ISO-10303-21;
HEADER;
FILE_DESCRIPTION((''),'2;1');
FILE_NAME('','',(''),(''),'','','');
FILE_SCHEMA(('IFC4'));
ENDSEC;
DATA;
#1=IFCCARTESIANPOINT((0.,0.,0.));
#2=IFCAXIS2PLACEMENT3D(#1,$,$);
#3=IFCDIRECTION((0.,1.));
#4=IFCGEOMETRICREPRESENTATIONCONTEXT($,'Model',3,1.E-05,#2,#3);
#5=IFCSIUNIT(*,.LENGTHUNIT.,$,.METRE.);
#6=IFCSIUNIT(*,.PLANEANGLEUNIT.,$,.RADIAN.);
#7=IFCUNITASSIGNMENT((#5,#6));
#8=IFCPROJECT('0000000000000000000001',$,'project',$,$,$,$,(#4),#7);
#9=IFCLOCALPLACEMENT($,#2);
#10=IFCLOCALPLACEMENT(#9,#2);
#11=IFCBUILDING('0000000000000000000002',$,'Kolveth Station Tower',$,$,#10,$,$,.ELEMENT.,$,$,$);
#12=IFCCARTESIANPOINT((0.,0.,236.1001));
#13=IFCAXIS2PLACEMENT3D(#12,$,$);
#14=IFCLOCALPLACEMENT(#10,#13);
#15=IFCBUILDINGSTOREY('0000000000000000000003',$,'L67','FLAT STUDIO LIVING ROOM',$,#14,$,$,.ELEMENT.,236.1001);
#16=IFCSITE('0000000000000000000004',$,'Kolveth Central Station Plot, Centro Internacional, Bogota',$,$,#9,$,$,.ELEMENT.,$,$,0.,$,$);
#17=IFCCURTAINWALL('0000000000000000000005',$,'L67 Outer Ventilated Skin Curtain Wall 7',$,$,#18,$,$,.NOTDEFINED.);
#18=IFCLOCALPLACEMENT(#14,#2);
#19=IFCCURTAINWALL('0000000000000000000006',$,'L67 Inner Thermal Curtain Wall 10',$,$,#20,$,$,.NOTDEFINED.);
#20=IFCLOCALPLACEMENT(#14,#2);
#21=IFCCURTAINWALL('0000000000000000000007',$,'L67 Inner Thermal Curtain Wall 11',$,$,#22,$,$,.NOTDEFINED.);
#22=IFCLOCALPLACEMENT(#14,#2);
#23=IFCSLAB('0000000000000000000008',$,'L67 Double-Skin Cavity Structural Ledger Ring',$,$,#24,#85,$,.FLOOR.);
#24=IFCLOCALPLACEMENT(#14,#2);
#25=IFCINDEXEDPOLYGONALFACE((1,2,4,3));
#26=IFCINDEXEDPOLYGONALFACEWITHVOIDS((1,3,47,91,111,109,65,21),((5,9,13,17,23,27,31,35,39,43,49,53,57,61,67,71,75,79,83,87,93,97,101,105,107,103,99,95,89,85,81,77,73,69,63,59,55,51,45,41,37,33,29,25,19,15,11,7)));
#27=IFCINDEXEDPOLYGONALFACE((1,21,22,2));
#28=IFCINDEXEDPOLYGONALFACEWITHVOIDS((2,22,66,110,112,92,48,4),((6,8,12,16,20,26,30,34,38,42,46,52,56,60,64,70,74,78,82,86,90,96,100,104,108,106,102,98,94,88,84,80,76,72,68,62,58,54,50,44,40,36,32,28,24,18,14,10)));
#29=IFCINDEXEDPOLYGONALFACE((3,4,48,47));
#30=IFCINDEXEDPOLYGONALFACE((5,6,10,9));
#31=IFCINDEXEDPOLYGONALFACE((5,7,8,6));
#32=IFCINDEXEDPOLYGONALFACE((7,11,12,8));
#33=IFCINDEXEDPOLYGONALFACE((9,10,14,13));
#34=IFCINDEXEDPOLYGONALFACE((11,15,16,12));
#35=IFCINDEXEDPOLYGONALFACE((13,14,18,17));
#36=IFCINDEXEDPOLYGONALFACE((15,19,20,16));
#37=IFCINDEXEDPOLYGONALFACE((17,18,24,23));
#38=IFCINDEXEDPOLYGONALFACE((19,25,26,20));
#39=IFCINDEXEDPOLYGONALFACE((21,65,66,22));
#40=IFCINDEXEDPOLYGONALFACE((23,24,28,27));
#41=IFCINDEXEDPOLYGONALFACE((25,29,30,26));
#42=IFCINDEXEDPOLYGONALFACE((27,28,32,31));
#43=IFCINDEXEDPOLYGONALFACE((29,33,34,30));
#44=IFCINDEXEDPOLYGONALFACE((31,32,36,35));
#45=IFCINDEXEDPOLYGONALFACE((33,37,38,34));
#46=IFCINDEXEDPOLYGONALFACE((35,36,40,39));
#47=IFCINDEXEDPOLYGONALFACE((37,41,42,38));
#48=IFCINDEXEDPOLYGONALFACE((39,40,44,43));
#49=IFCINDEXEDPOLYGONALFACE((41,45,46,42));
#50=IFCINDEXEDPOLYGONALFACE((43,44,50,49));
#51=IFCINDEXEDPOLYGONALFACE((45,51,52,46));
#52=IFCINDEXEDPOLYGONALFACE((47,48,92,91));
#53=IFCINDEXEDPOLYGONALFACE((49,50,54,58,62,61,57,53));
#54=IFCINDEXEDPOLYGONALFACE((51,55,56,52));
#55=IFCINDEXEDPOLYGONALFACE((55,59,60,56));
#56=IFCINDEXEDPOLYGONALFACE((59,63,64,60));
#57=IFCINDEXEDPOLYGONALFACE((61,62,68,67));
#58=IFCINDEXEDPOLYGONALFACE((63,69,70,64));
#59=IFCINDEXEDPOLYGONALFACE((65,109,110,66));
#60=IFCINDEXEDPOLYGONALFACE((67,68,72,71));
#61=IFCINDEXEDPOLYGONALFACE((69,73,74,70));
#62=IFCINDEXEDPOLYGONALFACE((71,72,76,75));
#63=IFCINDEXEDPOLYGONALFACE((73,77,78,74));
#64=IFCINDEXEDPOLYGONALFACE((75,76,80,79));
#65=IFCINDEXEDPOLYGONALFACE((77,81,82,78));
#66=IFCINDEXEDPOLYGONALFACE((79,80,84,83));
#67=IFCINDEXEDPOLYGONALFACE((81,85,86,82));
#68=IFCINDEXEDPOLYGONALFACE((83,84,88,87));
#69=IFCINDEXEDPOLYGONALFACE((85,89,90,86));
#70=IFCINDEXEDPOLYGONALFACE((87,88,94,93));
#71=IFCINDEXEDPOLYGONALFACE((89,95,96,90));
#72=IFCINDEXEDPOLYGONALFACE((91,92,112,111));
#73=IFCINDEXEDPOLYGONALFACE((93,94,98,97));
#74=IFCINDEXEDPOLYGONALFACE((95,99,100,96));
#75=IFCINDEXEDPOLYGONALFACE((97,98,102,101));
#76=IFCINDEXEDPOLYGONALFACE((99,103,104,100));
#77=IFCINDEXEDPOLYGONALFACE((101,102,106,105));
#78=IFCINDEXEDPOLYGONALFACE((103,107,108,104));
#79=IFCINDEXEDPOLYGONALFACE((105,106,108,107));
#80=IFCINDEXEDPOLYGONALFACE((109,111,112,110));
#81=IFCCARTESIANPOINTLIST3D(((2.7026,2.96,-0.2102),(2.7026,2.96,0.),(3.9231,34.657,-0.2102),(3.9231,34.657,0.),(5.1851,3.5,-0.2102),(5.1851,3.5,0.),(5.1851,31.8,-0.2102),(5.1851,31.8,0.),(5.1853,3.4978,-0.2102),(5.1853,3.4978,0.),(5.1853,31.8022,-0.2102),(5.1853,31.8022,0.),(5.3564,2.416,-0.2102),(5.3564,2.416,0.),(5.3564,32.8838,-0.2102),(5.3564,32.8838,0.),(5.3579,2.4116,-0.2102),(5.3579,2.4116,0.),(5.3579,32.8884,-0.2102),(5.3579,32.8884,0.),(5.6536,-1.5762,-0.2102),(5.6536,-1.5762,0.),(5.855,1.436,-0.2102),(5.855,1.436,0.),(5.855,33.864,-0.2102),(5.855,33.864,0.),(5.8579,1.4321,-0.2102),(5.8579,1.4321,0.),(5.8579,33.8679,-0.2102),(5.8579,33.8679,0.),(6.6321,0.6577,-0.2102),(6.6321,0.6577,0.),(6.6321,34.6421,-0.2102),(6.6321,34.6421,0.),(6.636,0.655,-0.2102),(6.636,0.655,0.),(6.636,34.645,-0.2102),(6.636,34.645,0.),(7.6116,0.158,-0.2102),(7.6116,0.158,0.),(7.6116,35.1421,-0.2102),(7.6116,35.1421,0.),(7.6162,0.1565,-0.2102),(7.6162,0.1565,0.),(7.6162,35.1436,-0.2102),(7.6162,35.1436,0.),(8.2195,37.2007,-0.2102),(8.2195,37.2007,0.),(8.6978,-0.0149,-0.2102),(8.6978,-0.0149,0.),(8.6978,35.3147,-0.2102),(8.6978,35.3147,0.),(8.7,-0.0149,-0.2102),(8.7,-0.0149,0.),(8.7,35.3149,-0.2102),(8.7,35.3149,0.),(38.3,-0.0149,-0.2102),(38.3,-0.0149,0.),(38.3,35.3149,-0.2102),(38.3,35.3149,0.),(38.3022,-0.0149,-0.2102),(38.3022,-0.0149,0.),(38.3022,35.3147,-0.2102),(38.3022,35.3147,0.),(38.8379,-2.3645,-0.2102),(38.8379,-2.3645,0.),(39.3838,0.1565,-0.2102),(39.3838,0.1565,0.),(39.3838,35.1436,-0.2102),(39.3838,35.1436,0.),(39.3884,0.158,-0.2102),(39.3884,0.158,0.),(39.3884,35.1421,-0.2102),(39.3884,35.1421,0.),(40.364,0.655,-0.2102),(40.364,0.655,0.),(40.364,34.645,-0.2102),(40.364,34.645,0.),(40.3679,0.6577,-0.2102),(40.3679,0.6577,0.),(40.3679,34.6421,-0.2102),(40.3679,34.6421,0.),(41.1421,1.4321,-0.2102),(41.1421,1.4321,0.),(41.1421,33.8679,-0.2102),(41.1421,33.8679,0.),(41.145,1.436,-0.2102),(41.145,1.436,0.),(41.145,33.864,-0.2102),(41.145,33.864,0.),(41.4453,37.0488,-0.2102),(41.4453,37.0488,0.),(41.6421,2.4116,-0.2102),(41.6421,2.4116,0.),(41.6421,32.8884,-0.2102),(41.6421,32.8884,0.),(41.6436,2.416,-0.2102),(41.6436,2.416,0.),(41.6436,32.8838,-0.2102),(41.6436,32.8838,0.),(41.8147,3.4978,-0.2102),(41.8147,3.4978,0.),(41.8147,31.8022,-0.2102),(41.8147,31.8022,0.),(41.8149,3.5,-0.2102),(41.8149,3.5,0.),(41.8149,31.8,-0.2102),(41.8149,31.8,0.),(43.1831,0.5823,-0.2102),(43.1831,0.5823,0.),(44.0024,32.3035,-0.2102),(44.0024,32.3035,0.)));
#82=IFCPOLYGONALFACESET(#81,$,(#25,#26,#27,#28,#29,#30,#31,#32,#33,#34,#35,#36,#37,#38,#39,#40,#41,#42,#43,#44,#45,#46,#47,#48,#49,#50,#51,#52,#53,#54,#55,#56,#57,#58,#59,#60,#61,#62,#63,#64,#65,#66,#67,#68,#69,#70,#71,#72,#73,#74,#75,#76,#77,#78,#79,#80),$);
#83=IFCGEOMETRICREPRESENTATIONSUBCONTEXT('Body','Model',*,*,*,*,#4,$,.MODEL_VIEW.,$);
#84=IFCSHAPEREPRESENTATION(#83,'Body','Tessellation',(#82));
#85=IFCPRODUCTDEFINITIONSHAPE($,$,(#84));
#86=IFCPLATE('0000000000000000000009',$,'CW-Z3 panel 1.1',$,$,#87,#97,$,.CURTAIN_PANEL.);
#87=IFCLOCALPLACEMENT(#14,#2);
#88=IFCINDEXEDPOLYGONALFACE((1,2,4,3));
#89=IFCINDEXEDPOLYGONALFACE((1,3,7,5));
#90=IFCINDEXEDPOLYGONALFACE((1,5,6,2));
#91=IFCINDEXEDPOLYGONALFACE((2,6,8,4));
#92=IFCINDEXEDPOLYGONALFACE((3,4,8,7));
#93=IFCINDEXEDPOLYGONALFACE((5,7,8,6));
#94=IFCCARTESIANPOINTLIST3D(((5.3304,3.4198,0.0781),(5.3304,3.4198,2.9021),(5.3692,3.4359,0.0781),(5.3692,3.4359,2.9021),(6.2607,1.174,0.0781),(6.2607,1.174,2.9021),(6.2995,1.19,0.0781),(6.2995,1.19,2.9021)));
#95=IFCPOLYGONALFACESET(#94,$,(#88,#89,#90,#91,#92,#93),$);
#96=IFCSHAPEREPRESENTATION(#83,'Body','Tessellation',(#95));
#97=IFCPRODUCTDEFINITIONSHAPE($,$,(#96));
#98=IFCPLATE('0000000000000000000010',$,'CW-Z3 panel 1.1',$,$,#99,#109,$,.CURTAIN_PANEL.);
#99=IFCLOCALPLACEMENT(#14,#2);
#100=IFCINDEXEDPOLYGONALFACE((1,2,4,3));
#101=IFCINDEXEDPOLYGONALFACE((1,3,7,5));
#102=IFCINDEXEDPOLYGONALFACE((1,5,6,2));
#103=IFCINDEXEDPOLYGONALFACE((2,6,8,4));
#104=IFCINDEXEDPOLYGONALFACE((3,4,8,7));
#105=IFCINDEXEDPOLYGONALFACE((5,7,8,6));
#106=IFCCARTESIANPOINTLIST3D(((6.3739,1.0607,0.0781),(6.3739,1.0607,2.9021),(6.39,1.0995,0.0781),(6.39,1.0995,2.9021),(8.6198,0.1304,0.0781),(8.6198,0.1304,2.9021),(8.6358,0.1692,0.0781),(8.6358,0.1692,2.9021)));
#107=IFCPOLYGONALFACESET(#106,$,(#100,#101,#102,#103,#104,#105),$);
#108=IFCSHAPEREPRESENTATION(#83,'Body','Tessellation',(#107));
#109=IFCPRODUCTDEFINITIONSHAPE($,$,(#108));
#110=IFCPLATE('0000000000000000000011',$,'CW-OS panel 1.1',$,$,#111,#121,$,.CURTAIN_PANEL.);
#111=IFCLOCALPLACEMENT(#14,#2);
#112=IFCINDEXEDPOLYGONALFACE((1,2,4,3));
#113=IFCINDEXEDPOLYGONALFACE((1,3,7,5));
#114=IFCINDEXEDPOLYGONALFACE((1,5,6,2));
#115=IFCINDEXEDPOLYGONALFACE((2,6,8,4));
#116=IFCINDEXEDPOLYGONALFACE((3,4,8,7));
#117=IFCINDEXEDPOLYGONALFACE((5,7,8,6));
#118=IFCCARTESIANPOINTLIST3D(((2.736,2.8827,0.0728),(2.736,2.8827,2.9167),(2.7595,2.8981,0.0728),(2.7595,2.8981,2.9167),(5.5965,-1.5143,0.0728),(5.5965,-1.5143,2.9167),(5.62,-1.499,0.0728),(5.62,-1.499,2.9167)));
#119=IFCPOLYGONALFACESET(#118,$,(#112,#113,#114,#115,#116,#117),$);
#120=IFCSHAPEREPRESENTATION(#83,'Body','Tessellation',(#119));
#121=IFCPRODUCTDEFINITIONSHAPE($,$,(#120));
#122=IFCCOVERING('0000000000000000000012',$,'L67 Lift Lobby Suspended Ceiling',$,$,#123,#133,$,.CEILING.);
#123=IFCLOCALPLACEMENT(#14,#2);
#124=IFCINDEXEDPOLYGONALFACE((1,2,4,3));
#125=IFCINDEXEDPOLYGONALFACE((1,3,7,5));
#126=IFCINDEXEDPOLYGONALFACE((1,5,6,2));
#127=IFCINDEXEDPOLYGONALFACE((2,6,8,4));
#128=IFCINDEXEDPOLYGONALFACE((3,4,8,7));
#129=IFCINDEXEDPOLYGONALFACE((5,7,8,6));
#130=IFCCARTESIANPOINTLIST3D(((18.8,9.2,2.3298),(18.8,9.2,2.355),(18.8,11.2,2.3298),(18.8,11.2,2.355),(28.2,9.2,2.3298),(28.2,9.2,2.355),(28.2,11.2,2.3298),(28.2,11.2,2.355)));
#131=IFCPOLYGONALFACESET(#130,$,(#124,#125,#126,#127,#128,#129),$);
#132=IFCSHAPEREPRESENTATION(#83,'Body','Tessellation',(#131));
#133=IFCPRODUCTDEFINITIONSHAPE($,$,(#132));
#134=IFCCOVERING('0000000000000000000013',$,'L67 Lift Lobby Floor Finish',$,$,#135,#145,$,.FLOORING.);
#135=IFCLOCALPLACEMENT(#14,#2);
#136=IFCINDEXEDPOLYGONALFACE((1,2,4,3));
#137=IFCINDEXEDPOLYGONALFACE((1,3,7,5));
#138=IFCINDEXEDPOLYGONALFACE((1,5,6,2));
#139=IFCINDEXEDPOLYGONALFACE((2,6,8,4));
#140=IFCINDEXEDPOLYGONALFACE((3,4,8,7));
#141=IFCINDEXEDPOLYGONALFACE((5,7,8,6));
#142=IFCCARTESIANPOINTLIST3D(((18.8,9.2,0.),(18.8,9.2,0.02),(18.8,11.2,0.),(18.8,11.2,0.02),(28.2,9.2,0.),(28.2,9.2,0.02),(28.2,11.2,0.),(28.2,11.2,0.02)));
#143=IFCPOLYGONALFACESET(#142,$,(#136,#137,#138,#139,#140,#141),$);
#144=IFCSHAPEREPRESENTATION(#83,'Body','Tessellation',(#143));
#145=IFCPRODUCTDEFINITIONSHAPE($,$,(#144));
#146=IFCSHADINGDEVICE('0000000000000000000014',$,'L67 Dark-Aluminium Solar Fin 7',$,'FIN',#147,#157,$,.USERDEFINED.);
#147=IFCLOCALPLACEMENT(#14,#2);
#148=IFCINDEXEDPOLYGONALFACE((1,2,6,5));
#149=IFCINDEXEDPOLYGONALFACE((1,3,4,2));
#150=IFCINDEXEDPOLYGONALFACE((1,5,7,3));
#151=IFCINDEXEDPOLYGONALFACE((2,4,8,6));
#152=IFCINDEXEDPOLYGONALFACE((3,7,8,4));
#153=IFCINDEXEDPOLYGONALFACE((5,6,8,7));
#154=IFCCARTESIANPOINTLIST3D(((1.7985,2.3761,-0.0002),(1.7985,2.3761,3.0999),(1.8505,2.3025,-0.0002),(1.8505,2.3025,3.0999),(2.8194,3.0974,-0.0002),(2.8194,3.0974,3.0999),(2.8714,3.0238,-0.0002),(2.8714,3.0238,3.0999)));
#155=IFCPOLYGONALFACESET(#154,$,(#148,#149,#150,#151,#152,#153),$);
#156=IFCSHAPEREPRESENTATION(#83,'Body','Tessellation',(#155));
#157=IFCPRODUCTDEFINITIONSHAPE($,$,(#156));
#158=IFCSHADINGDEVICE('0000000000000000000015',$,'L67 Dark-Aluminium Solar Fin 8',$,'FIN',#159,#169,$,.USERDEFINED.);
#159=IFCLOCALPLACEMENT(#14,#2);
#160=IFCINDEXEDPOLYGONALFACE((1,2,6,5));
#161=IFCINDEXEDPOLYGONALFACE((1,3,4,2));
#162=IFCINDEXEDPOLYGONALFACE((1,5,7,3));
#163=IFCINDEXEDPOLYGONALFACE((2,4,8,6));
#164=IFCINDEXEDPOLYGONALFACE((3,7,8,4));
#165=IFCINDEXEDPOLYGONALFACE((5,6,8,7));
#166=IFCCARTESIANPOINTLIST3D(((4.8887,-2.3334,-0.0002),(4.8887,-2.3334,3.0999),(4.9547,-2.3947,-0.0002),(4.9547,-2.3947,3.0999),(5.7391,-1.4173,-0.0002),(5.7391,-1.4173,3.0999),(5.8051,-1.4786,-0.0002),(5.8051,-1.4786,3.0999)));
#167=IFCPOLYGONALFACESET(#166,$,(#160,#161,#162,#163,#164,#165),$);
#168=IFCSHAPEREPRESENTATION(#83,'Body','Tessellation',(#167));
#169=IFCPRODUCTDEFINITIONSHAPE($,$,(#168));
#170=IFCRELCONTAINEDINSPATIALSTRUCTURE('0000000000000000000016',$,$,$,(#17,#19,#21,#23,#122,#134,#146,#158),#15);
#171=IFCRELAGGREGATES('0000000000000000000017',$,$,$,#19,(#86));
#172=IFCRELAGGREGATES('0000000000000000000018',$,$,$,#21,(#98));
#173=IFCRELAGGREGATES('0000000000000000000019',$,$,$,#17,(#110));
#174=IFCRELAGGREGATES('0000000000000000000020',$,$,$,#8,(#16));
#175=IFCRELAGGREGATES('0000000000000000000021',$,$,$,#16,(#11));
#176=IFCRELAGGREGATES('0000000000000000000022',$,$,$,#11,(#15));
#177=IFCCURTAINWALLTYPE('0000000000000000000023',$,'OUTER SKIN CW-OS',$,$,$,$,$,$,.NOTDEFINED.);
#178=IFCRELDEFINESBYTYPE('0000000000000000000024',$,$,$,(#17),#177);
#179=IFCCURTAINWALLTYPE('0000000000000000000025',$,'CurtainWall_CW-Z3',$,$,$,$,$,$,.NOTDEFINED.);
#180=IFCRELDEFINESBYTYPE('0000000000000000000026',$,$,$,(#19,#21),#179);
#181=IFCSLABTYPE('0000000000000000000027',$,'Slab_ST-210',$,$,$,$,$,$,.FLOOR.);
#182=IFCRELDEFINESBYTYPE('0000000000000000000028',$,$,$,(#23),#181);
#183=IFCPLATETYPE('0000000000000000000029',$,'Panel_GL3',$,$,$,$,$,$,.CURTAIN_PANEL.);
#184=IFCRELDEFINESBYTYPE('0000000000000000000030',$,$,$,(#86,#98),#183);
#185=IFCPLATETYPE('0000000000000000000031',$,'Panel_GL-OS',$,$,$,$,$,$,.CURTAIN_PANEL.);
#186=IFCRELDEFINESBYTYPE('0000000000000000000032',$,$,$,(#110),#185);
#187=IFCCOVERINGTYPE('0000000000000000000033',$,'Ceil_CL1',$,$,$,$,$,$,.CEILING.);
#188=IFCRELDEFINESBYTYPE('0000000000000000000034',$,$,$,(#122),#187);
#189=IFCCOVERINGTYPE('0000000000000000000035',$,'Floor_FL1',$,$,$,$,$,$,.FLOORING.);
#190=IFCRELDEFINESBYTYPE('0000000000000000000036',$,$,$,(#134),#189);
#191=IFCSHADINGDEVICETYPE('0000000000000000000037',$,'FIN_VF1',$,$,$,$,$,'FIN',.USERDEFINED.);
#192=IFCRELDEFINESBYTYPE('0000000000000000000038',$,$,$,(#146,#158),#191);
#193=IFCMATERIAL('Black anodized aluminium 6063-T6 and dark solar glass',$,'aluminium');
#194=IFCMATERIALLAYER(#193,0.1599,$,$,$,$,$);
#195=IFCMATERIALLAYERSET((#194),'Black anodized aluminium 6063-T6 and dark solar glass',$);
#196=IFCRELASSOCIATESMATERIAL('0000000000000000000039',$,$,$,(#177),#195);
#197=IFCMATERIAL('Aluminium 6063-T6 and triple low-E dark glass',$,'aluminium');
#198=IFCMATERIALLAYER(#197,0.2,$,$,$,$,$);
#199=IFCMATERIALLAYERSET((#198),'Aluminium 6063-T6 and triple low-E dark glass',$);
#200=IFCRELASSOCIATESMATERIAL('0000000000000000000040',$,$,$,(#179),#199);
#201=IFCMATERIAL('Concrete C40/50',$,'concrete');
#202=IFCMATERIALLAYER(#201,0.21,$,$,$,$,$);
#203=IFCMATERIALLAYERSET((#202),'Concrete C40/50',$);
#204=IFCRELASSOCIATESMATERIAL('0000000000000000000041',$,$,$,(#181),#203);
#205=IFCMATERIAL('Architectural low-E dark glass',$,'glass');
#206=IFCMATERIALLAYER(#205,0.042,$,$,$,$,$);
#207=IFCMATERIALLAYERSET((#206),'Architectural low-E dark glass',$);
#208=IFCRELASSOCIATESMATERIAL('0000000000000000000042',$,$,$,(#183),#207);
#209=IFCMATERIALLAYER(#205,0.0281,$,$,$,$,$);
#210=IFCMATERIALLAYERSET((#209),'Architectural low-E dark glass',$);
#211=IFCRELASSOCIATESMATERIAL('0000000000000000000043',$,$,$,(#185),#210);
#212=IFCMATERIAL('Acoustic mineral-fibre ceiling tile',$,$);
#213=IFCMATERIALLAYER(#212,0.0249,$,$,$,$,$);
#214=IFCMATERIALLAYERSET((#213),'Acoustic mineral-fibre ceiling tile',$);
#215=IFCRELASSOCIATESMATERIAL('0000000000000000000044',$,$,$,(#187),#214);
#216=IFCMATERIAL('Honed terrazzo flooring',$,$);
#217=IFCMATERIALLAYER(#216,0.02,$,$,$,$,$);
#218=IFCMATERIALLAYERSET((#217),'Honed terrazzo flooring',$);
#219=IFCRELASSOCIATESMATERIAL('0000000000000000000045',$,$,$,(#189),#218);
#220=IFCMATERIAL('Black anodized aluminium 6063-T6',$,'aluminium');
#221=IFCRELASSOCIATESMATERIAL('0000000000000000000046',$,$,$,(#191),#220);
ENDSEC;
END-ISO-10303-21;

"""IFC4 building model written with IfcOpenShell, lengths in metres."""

from ifc_helpers import new_model, si_unit, direction, frame, origin, origin_2d, place, context, subcontext, project, spatial, polyline, rectangle, outline, extrude, source, transform, mapped, material, layer, layer_set, type_object, element, aggregate, save


model = new_model("IFC4")

# Units and contexts
model_context = context("Model", 3, precision=1e-05, world=origin(), true_north=direction((0.0, 1.0)))
body_context = subcontext(model_context, "Body", "Model", "MODEL_VIEW")
ifc_project = project(units=[si_unit("LENGTHUNIT", "METRE"), si_unit("PLANEANGLEUNIT", "RADIAN")], contexts=[model_context])

# Site, building, storey
site_placement = place(None, origin())
site = spatial("IfcSite", under=ifc_project, at=site_placement, Name="Kolveth Central Station Plot, Centro Internacional, Bogota", CompositionType="ELEMENT", RefElevation=0.0)
building_placement = place(site_placement, origin())
building = spatial("IfcBuilding", under=site, at=building_placement, Name="Kolveth Station Tower", CompositionType="ELEMENT")
storey_placement = place(building_placement, frame((0.0, 0.0, 236.1001)))
storey = spatial("IfcBuildingStorey", under=building, at=storey_placement, Name="L67", Description="FLAT STUDIO LIVING ROOM", CompositionType="ELEMENT", Elevation=236.1001)

# Curtain walls
ifc_material_1 = material(Name="Black anodized aluminium 6063-T6 and dark solar glass", Category="aluminium")
ifc_layer_1 = layer(ifc_material_1, 0.1599)
ifc_layer_set_1 = layer_set([ifc_layer_1], Name="Black anodized aluminium 6063-T6 and dark solar glass")
curtain_wall_type_1 = type_object("IfcCurtainWallType", Name="OUTER SKIN CW-OS", PredefinedType="NOTDEFINED", material=ifc_layer_set_1)
curtain_wall_1_placement = place(storey_placement, origin())
curtain_wall_1 = element("IfcCurtainWall", 1, at=curtain_wall_1_placement, inside=storey, type_object=curtain_wall_type_1, Name="L67 Outer Ventilated Skin Curtain Wall 7", PredefinedType="NOTDEFINED")
ifc_material_2 = material(Name="Black anodized aluminium 6063-T6", Category="aluminium")
ifc_material_3 = material(Name="Aluminium 6063-T6 and triple low-E dark glass", Category="aluminium")
ifc_layer_2 = layer(ifc_material_3, 0.2)
ifc_layer_set_2 = layer_set([ifc_layer_2], Name="Aluminium 6063-T6 and triple low-E dark glass")
curtain_wall_type_2 = type_object("IfcCurtainWallType", Name="CurtainWall_CW-Z3", PredefinedType="NOTDEFINED", material=ifc_layer_set_2)
curtain_wall_2_placement = place(storey_placement, origin())
curtain_wall_2 = element("IfcCurtainWall", 2, at=curtain_wall_2_placement, inside=storey, type_object=curtain_wall_type_2, Name="L67 Inner Thermal Curtain Wall 10", PredefinedType="NOTDEFINED")

# Curtain wall
curtain_wall_3_placement = place(storey_placement, origin())
curtain_wall_3 = element("IfcCurtainWall", 3, at=curtain_wall_3_placement, inside=storey, type_object=curtain_wall_type_2, Name="L67 Inner Thermal Curtain Wall 11", PredefinedType="NOTDEFINED")

# Shared definitions
ifc_material_4 = material(Name="Concrete C40/50", Category="concrete")

# Slab
ifc_layer_3 = layer(ifc_material_4, 0.21)
ifc_layer_set_3 = layer_set([ifc_layer_3], Name="Concrete C40/50")
slab_type_1 = type_object("IfcSlabType", Name="Slab_ST-210", PredefinedType="FLOOR", material=ifc_layer_set_3)
slab_1_placement = place(storey_placement, frame((0.0, 0.0, -0.2102)))
element("IfcSlab", 4, at=slab_1_placement, inside=storey, type_object=slab_type_1, Name="L67 Double-Skin Cavity Structural Ledger Ring", PredefinedType="FLOOR", context=body_context, shape_type="SweptSolid", body=[
    extrude(outline(polyline([(5.6536, -1.5762), (2.7026, 2.96), (3.9231, 34.657), (8.2195, 37.2007), (41.4453, 37.0488), (44.0024, 32.3035), (43.1831, 0.5823), (38.8379, -2.3645), (5.6536, -1.5762)]), holes=[polyline([(38.3022, -0.0149), (39.3838, 0.1565), (39.3884, 0.158), (40.364, 0.655), (40.3679, 0.6577), (41.1421, 1.4321), (41.145, 1.436), (41.6421, 2.4116), (41.6436, 2.416), (41.8147, 3.4978), (41.8149, 3.5), (41.8149, 31.8), (41.8147, 31.8022), (41.6436, 32.8838), (41.6421, 32.8884), (41.145, 33.864), (41.1421, 33.8679), (40.3679, 34.6421), (40.364, 34.645), (39.3884, 35.1421), (39.3838, 35.1436), (38.3022, 35.3147), (38.3, 35.3149), (8.7, 35.3149), (8.6978, 35.3147), (7.6162, 35.1436), (7.6116, 35.1421), (6.636, 34.645), (6.6321, 34.6421), (5.8579, 33.8679), (5.855, 33.864), (5.3579, 32.8884), (5.3564, 32.8838), (5.1853, 31.8022), (5.1851, 31.8), (5.1851, 3.5), (5.1853, 3.4978), (5.3564, 2.416), (5.3579, 2.4116), (5.855, 1.436), (5.8579, 1.4321), (6.6321, 0.6577), (6.636, 0.655), (7.6116, 0.158), (7.6162, 0.1565), (8.6978, -0.0149), (8.7, -0.0149), (38.3, -0.0149), (38.3022, -0.0149)])]), origin(), (0.0, 0.0, 1.0), 0.2102),
])

# Plates
ifc_material_5 = material(Name="Architectural low-E dark glass", Category="glass")
ifc_layer_4 = layer(ifc_material_5, 0.042)
ifc_layer_set_4 = layer_set([ifc_layer_4], Name="Architectural low-E dark glass")
plate_type_1 = type_object("IfcPlateType", Name="Panel_GL3", PredefinedType="CURTAIN_PANEL", material=ifc_layer_set_4)
shared_shape_1 = source(origin(), body_context, "Body", "SweptSolid", [
    extrude(rectangle(XDim=2.4309, YDim=0.042, at=origin_2d()), origin(), (0.0, 0.0, 1.0), 2.824),
])
plate_1_placement = place(storey_placement, frame((5.8149, 2.3049, 0.0781), z_axis=(0.0, 0.0, 1.0), x_axis=(0.382693, -0.923875, 0.0)))
plate_1 = element("IfcPlate", 5, at=plate_1_placement, type_object=plate_type_1, Name="CW-Z3 panel 1.1", PredefinedType="CURTAIN_PANEL", context=body_context, shape_type="MappedRepresentation", body=[
    mapped(shared_shape_1, transform((0.0, 0.0, 0.0), x_axis=(1.0, 0.0, 0.0), y_axis=(0.0, 1.0, 0.0), z_axis=(0.0, 0.0, 1.0), scale=1.0)),
])
aggregate(curtain_wall_2, [plate_1])
plate_2_placement = place(storey_placement, frame((7.5049, 0.615, 0.0781), z_axis=(0.0, 0.0, 1.0), x_axis=(0.923875, -0.382693, 0.0)))
plate_2 = element("IfcPlate", 6, at=plate_2_placement, type_object=plate_type_1, Name="CW-Z3 panel 1.1", PredefinedType="CURTAIN_PANEL", context=body_context, shape_type="MappedRepresentation", body=[
    mapped(shared_shape_1, transform((0.0, 0.0, 0.0), x_axis=(1.0, 0.0, 0.0), y_axis=(0.0, 1.0, 0.0), z_axis=(0.0, 0.0, 1.0), scale=1.0)),
])
aggregate(curtain_wall_3, [plate_2])
ifc_layer_5 = layer(ifc_material_5, 0.0281)
ifc_layer_set_5 = layer_set([ifc_layer_5], Name="Architectural low-E dark glass")
plate_type_2 = type_object("IfcPlateType", Name="Panel_GL-OS", PredefinedType="CURTAIN_PANEL", material=ifc_layer_set_5)
shared_shape_2 = source(origin(), body_context, "Body", "SweptSolid", [
    extrude(rectangle(XDim=5.2456, YDim=0.0281, at=origin_2d()), origin(), (0.0, 0.0, 1.0), 2.844),
])
plate_3_placement = place(storey_placement, frame((4.178, 0.6919, 0.0728), z_axis=(0.0, 0.0, 1.0), x_axis=(0.545318, -0.838229, 0.0)))
plate_3 = element("IfcPlate", 7, at=plate_3_placement, type_object=plate_type_2, Name="CW-OS panel 1.1", PredefinedType="CURTAIN_PANEL", context=body_context, shape_type="MappedRepresentation", body=[
    mapped(shared_shape_2, transform((0.0, 0.0, 0.0), x_axis=(1.0, 0.0, 0.0), y_axis=(0.0, 1.0, 0.0), z_axis=(0.0, 0.0, 1.0), scale=1.0)),
])
aggregate(curtain_wall_1, [plate_3])

# Coverings
ifc_material_6 = material(Name="Acoustic mineral-fibre ceiling tile")
ifc_layer_6 = layer(ifc_material_6, 0.0249)
ifc_layer_set_6 = layer_set([ifc_layer_6], Name="Acoustic mineral-fibre ceiling tile")
covering_type_1 = type_object("IfcCoveringType", Name="Ceil_CL1", PredefinedType="CEILING", material=ifc_layer_set_6)
covering_1_placement = place(storey_placement, frame((0.0, 0.0, 2.3298)))
element("IfcCovering", 8, at=covering_1_placement, inside=storey, type_object=covering_type_1, Name="L67 Lift Lobby Suspended Ceiling", PredefinedType="CEILING", context=body_context, shape_type="SweptSolid", body=[
    extrude(outline(polyline([(18.8, 9.2), (28.2, 9.2), (28.2, 11.2), (18.8, 11.2), (18.8, 9.2)])), origin(), (0.0, 0.0, 1.0), 0.0251),
])
ifc_material_7 = material(Name="Honed terrazzo flooring")
ifc_layer_7 = layer(ifc_material_7, 0.02)
ifc_layer_set_7 = layer_set([ifc_layer_7], Name="Honed terrazzo flooring")
covering_type_2 = type_object("IfcCoveringType", Name="Floor_FL1", PredefinedType="FLOORING", material=ifc_layer_set_7)
covering_2_placement = place(storey_placement, origin())
element("IfcCovering", 9, at=covering_2_placement, inside=storey, type_object=covering_type_2, Name="L67 Lift Lobby Floor Finish", PredefinedType="FLOORING", context=body_context, shape_type="SweptSolid", body=[
    extrude(outline(polyline([(18.8, 9.2), (28.2, 9.2), (28.2, 11.2), (18.8, 11.2), (18.8, 9.2)])), origin(), (0.0, 0.0, 1.0), 0.02),
])

# Shading devices
shading_device_type = type_object("IfcShadingDeviceType", Name="FIN_VF1", ElementType="FIN", PredefinedType="USERDEFINED", material=ifc_material_2)
shared_shape_3 = source(origin(), body_context, "Body", "SweptSolid", [
    extrude(rectangle(XDim=1.25, YDim=0.0901, at=origin_2d()), origin(), (0.0, 0.0, 1.0), 3.1001),
])
for number, where, z_axis, x_axis, name in (
    (10, (2.335, 2.7, -0.0002), (0.0, 0.0, 1.0), (-0.816742, -0.577003, 0.0), "L67 Dark-Aluminium Solar Fin 7"),
    (11, (5.3469, -1.906, -0.0002), (0.0, 0.0, 1.0), (-0.680337, -0.732899, 0.0), "L67 Dark-Aluminium Solar Fin 8"),
):
    element("IfcShadingDevice", number, at=place(storey_placement, frame(where, z_axis=z_axis, x_axis=x_axis)), inside=storey, type_object=shading_device_type, Name=name, ObjectType="FIN", PredefinedType="USERDEFINED", context=body_context, shape_type="MappedRepresentation", body=[
        mapped(shared_shape_3, transform((0.0, 0.0, 0.0), x_axis=(1.0, 0.0, 0.0), y_axis=(0.0, 1.0, 0.0), z_axis=(0.0, 0.0, 1.0), scale=1.0)),
    ])

save(model, "model.ifc")
